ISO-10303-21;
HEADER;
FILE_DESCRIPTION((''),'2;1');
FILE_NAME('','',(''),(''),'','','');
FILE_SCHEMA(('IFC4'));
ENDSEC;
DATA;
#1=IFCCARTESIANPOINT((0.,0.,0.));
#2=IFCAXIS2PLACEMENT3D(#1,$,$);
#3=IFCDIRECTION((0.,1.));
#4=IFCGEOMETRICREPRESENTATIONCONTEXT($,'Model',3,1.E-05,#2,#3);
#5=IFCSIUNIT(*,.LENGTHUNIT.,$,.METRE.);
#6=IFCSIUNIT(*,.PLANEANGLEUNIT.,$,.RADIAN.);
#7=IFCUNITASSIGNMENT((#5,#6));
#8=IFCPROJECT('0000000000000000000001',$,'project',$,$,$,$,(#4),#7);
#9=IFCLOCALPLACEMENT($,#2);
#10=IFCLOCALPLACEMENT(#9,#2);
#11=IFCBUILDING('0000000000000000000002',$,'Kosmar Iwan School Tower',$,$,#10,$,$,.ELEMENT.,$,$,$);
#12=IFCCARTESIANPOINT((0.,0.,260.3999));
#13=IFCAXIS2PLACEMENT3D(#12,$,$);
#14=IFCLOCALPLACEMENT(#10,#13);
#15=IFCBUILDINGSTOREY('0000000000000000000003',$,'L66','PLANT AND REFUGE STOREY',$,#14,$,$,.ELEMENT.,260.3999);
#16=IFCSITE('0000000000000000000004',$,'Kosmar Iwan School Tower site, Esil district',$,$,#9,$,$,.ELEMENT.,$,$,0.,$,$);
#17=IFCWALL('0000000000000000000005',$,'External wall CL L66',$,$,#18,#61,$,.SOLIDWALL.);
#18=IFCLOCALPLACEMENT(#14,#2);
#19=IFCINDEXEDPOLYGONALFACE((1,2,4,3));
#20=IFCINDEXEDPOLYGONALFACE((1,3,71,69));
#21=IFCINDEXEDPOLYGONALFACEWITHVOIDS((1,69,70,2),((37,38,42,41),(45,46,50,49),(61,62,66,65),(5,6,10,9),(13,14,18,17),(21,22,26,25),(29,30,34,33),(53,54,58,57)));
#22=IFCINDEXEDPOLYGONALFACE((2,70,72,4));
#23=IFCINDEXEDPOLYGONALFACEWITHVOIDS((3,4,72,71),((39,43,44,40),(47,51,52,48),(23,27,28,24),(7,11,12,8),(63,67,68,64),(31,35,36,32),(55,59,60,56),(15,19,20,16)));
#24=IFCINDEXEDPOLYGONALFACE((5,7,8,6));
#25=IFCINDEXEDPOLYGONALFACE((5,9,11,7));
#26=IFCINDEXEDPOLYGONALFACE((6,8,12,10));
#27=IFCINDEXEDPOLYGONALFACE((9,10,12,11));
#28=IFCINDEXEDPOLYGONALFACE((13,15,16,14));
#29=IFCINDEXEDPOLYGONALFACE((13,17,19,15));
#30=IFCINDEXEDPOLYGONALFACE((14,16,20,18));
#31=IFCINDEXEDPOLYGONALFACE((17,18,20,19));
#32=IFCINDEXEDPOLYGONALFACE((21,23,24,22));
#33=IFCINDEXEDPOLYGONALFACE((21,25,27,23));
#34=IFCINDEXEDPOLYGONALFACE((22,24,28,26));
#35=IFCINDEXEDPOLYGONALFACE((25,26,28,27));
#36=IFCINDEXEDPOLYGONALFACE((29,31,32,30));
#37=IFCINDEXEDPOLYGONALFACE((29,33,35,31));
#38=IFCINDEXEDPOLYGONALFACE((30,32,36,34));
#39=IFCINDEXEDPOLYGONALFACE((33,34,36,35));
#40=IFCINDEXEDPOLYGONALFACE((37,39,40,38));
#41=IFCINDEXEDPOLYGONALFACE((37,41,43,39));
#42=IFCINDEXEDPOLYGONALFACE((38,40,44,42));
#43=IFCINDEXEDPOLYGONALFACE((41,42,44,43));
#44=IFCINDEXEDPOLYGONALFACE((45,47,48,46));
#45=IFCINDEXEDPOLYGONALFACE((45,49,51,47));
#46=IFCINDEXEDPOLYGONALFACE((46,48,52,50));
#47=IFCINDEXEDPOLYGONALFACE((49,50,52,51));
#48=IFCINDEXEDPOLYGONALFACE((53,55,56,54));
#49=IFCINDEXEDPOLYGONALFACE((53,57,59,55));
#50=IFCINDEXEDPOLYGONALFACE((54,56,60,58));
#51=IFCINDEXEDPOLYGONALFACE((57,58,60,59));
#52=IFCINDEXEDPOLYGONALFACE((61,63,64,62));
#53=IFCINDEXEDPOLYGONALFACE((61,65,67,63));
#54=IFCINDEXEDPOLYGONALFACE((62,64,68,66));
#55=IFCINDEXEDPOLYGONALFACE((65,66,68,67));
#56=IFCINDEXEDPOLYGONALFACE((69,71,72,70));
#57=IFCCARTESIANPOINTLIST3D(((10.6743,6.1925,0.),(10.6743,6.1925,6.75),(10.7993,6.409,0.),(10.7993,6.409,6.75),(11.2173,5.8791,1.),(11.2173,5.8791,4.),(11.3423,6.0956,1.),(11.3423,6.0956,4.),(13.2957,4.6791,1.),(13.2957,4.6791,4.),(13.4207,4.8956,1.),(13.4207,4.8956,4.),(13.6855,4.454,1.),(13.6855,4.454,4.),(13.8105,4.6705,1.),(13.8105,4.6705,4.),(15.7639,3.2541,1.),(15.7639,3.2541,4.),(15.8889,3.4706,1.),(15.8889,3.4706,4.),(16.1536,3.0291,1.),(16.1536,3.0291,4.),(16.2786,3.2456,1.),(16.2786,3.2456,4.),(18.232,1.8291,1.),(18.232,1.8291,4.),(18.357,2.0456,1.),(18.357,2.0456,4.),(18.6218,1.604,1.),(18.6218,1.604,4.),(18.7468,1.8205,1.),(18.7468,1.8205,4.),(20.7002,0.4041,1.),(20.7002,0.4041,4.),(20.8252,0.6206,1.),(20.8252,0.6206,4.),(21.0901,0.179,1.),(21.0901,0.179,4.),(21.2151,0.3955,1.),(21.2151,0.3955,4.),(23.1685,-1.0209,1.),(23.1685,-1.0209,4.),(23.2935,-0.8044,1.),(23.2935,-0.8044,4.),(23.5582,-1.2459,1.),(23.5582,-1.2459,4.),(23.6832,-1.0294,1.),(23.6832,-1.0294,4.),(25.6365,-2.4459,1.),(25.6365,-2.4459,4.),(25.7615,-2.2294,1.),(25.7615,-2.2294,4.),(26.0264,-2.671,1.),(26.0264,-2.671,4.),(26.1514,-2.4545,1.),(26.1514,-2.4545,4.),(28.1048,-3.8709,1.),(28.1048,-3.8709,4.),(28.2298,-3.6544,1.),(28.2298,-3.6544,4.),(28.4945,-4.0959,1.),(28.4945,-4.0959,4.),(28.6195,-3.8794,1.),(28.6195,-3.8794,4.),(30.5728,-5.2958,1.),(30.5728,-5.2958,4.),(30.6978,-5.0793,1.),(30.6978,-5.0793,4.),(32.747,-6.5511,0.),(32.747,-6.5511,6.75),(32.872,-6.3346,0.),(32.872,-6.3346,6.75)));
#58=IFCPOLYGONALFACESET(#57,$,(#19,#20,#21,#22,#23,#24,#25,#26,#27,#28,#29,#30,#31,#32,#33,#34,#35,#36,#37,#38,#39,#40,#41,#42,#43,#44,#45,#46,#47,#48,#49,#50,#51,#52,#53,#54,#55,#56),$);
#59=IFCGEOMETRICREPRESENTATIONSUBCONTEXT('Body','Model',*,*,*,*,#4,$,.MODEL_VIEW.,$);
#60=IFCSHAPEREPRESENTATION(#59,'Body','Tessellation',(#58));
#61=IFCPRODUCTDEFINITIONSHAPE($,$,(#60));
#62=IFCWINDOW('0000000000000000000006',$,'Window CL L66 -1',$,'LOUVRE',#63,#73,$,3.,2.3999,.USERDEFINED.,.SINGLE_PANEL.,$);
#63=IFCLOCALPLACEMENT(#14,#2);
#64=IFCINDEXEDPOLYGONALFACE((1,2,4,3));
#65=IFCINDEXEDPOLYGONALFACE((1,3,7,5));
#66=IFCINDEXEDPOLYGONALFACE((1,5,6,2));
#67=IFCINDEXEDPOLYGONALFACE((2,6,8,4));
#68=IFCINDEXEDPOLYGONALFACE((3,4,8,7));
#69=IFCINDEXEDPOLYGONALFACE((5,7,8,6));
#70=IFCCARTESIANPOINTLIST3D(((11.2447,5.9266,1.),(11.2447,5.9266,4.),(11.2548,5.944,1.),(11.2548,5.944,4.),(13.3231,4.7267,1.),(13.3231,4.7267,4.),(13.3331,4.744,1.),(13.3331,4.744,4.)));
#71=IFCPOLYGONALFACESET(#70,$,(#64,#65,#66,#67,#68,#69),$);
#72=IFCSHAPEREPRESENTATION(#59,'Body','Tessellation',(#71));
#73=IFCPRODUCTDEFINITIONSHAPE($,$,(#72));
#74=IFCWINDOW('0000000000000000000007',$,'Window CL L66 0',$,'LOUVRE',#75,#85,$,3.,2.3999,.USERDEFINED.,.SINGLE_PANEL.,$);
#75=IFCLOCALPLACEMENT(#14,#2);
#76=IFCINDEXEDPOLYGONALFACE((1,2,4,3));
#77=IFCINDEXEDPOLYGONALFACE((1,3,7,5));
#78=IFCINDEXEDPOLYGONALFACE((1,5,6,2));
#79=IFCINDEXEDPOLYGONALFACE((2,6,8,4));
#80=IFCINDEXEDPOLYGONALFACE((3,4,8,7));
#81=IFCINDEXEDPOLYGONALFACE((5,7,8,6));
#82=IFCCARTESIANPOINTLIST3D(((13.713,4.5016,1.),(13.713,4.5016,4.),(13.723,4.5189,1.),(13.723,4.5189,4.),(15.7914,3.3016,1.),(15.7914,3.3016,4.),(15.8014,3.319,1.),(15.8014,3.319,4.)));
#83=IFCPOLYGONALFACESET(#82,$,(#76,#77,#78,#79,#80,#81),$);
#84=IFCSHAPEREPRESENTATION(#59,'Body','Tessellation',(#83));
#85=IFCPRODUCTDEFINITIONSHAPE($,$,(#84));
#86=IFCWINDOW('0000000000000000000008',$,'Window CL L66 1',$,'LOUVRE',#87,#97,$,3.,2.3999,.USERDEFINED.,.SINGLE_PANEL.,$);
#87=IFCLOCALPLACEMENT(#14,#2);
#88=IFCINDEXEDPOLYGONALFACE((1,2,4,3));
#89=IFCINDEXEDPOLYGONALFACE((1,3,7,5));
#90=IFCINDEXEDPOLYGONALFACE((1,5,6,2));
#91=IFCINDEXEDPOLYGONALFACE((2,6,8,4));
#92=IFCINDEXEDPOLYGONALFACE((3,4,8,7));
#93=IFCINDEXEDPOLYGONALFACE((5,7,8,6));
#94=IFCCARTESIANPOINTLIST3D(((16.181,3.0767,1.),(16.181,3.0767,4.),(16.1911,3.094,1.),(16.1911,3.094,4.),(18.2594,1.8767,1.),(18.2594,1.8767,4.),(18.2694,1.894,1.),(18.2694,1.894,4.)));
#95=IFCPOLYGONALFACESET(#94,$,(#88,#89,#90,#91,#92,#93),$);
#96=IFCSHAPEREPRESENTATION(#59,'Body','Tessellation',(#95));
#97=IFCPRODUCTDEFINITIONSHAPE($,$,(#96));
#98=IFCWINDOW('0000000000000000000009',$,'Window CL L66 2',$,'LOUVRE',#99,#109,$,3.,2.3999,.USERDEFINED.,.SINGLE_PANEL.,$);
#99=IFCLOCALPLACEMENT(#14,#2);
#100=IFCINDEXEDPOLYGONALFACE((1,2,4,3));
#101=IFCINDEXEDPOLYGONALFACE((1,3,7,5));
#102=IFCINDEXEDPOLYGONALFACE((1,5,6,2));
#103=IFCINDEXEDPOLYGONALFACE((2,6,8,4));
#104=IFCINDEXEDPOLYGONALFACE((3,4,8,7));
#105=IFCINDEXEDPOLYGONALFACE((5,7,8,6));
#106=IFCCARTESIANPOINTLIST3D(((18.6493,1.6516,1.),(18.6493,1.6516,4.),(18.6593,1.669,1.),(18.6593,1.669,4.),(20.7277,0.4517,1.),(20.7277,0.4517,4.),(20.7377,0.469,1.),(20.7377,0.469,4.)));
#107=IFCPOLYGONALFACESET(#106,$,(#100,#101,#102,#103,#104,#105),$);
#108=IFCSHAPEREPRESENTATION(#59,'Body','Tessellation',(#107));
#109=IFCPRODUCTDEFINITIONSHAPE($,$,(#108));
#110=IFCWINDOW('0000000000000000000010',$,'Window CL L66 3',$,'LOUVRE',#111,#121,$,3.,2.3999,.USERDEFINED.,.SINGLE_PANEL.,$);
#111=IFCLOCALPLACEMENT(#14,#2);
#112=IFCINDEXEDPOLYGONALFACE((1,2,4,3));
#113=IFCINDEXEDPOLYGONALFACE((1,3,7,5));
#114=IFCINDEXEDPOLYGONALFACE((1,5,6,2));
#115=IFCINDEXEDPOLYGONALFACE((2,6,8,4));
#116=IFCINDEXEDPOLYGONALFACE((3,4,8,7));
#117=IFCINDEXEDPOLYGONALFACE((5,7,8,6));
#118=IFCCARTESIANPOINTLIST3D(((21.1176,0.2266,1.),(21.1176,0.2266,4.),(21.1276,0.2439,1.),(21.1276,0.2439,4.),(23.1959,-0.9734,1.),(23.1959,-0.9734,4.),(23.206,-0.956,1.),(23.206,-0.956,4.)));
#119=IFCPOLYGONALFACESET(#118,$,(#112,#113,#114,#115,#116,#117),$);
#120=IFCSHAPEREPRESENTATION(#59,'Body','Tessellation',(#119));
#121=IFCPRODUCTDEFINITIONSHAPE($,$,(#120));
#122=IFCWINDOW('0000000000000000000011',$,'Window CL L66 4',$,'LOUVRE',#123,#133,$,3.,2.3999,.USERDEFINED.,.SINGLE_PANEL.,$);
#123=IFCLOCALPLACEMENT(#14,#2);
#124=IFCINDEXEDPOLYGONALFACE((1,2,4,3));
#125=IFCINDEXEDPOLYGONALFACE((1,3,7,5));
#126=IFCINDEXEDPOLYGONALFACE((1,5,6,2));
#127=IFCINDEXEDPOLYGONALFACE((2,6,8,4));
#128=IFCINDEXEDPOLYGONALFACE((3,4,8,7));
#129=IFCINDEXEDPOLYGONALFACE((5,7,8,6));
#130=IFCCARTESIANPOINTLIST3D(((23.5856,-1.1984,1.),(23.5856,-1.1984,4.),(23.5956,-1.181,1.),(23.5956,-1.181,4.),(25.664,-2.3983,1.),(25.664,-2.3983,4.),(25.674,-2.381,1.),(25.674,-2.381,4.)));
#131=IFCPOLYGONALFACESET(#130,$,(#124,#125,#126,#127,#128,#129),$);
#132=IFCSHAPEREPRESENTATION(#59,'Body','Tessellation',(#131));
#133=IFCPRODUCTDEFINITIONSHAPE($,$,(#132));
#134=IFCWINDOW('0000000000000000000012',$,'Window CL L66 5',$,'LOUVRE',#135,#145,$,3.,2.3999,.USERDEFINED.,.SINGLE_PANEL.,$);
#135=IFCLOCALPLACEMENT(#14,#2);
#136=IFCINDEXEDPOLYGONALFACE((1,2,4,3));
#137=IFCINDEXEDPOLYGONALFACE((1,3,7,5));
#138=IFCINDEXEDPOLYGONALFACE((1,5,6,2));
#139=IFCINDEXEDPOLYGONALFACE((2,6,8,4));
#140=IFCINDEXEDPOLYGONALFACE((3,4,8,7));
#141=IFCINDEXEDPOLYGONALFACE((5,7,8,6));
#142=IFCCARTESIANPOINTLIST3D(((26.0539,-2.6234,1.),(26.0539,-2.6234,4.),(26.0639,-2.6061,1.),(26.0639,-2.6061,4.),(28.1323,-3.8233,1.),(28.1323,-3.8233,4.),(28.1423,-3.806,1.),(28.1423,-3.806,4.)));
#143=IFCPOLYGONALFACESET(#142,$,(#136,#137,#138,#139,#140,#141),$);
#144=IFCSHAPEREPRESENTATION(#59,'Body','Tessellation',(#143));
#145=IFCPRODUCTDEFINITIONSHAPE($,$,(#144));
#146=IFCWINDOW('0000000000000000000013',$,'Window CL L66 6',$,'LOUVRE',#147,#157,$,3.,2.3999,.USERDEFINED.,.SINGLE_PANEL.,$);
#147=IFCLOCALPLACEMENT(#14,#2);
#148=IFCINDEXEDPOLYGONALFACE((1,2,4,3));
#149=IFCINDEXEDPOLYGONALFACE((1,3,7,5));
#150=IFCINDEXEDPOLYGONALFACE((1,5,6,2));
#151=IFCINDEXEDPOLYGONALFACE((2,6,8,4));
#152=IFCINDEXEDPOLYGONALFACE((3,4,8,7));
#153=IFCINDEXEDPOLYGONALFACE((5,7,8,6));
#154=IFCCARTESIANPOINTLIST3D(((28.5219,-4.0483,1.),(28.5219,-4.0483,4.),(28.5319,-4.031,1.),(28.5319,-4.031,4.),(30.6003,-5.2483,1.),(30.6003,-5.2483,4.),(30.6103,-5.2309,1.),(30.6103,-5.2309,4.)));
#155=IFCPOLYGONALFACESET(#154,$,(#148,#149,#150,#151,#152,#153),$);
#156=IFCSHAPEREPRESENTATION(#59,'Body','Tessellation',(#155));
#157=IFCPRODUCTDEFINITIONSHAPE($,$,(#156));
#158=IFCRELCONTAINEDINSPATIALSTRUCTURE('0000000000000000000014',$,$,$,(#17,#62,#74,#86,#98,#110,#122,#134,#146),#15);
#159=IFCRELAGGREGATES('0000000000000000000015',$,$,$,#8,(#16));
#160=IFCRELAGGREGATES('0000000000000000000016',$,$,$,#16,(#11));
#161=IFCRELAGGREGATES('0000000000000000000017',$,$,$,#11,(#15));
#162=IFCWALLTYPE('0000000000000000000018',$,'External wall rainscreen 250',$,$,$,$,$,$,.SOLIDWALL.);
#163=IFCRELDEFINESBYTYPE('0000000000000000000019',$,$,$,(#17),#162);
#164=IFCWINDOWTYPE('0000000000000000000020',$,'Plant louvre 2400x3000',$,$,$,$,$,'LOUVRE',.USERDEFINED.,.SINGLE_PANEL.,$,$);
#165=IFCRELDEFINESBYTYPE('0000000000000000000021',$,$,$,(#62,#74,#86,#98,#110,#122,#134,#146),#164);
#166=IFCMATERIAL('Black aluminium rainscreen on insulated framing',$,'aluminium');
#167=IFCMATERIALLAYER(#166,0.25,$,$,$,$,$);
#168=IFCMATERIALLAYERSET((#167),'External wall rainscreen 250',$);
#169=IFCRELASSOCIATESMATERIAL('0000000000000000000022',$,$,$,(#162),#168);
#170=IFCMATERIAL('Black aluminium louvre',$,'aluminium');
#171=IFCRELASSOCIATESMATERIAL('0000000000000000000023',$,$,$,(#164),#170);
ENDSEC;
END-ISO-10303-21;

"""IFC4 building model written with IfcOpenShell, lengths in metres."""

from ifc_helpers import new_model, si_unit, direction, frame, frame_2d, origin, place, context, subcontext, project, spatial, rectangle, extrude, material, layer, layer_set, type_object, element, fill, save


model = new_model("IFC4")

# Units and contexts
model_context = context("Model", 3, precision=1e-05, world=origin(), true_north=direction((0.0, 1.0)))
body_context = subcontext(model_context, "Body", "Model", "MODEL_VIEW")
ifc_project = project(units=[si_unit("LENGTHUNIT", "METRE"), si_unit("PLANEANGLEUNIT", "RADIAN")], contexts=[model_context])

# Site, building, storey
site_placement = place(None, origin())
site = spatial("IfcSite", under=ifc_project, at=site_placement, Name="Kosmar Iwan School Tower site, Esil district", CompositionType="ELEMENT", RefElevation=0.0)
building_placement = place(site_placement, origin())
building = spatial("IfcBuilding", under=site, at=building_placement, Name="Kosmar Iwan School Tower", CompositionType="ELEMENT")
storey_placement = place(building_placement, frame((0.0, 0.0, 260.3999)))
storey = spatial("IfcBuildingStorey", under=building, at=storey_placement, Name="L66", Description="PLANT AND REFUGE STOREY", CompositionType="ELEMENT", Elevation=260.3999)

# Wall, openings, windows
ifc_material_1 = material(Name="Black aluminium rainscreen on insulated framing", Category="aluminium")
ifc_layer_1 = layer(ifc_material_1, 0.25)
ifc_layer_set_1 = layer_set([ifc_layer_1], Name="External wall rainscreen 250")
wall_type_1 = type_object("IfcWallType", Name="External wall rainscreen 250", PredefinedType="SOLIDWALL", material=ifc_layer_set_1)
wall_1_placement = place(storey_placement, frame((10.7368, 6.3008, 0.0), z_axis=(0.0, 0.0, 1.0), x_axis=(0.866026, -0.499998, 0.0)))
wall_1 = element("IfcWall", 1, at=wall_1_placement, inside=storey, type_object=wall_type_1, Name="External wall CL L66", PredefinedType="SOLIDWALL", context=body_context, shape_type="SweptSolid", body=[
    extrude(rectangle(XDim=25.4873, YDim=0.25, at=frame_2d((12.7437, 0.0))), origin(), (0.0, 0.0, 1.0), 6.75),
])
opening_1_placement = place(wall_1_placement, frame((0.627, 0.0, 1.0)))
opening_1 = element("IfcOpeningElement", 2, at=opening_1_placement, cuts=wall_1, PredefinedType="OPENING", context=body_context, shape_type="SweptSolid", body=[
    extrude(rectangle(XDim=2.3999, YDim=3.0, at=frame_2d((1.2, 1.5))), frame((0.0, 0.137, 0.0), z_axis=(0.0, -1.0, 0.0), x_axis=(1.0, 0.0, 0.0)), (0.0, 0.0, 1.0), 0.2739),
])
opening_2_placement = place(wall_1_placement, frame((3.4771, 0.0, 1.0)))
opening_2 = element("IfcOpeningElement", 3, at=opening_2_placement, cuts=wall_1, PredefinedType="OPENING", context=body_context, shape_type="SweptSolid", body=[
    extrude(rectangle(XDim=2.3999, YDim=3.0, at=frame_2d((1.2, 1.5))), frame((0.0, 0.137, 0.0), z_axis=(0.0, -1.0, 0.0), x_axis=(1.0, 0.0, 0.0)), (0.0, 0.0, 1.0), 0.2739),
])
opening_3_placement = place(wall_1_placement, frame((6.3269, 0.0, 1.0)))
opening_3 = element("IfcOpeningElement", 4, at=opening_3_placement, cuts=wall_1, PredefinedType="OPENING", context=body_context, shape_type="SweptSolid", body=[
    extrude(rectangle(XDim=2.3999, YDim=3.0, at=frame_2d((1.2, 1.5))), frame((0.0, 0.137, 0.0), z_axis=(0.0, -1.0, 0.0), x_axis=(1.0, 0.0, 0.0)), (0.0, 0.0, 1.0), 0.2739),
])
opening_4_placement = place(wall_1_placement, frame((9.177, 0.0, 1.0)))
opening_4 = element("IfcOpeningElement", 5, at=opening_4_placement, cuts=wall_1, PredefinedType="OPENING", context=body_context, shape_type="SweptSolid", body=[
    extrude(rectangle(XDim=2.3999, YDim=3.0, at=frame_2d((1.2, 1.5))), frame((0.0, 0.137, 0.0), z_axis=(0.0, -1.0, 0.0), x_axis=(1.0, 0.0, 0.0)), (0.0, 0.0, 1.0), 0.2739),
])
opening_5_placement = place(wall_1_placement, frame((12.0271, 0.0, 1.0)))
opening_5 = element("IfcOpeningElement", 6, at=opening_5_placement, cuts=wall_1, PredefinedType="OPENING", context=body_context, shape_type="SweptSolid", body=[
    extrude(rectangle(XDim=2.3999, YDim=3.0, at=frame_2d((1.2, 1.5))), frame((0.0, 0.137, 0.0), z_axis=(0.0, -1.0, 0.0), x_axis=(1.0, 0.0, 0.0)), (0.0, 0.0, 1.0), 0.2739),
])
opening_6_placement = place(wall_1_placement, frame((14.877, 0.0, 1.0)))
opening_6 = element("IfcOpeningElement", 7, at=opening_6_placement, cuts=wall_1, PredefinedType="OPENING", context=body_context, shape_type="SweptSolid", body=[
    extrude(rectangle(XDim=2.3999, YDim=3.0, at=frame_2d((1.2, 1.5))), frame((0.0, 0.137, 0.0), z_axis=(0.0, -1.0, 0.0), x_axis=(1.0, 0.0, 0.0)), (0.0, 0.0, 1.0), 0.2739),
])
opening_7_placement = place(wall_1_placement, frame((17.7271, 0.0, 1.0)))
opening_7 = element("IfcOpeningElement", 8, at=opening_7_placement, cuts=wall_1, PredefinedType="OPENING", context=body_context, shape_type="SweptSolid", body=[
    extrude(rectangle(XDim=2.3999, YDim=3.0, at=frame_2d((1.2, 1.5))), frame((0.0, 0.137, 0.0), z_axis=(0.0, -1.0, 0.0), x_axis=(1.0, 0.0, 0.0)), (0.0, 0.0, 1.0), 0.2739),
])
opening_8_placement = place(wall_1_placement, frame((20.5769, 0.0, 1.0)))
opening_8 = element("IfcOpeningElement", 9, at=opening_8_placement, cuts=wall_1, PredefinedType="OPENING", context=body_context, shape_type="SweptSolid", body=[
    extrude(rectangle(XDim=2.3999, YDim=3.0, at=frame_2d((1.2, 1.5))), frame((0.0, 0.137, 0.0), z_axis=(0.0, -1.0, 0.0), x_axis=(1.0, 0.0, 0.0)), (0.0, 0.0, 1.0), 0.2739),
])
ifc_material_2 = material(Name="Black aluminium louvre", Category="aluminium")
window_type = type_object("IfcWindowType", Name="Plant louvre 2400x3000", ElementType="LOUVRE", PartitioningType="SINGLE_PANEL", PredefinedType="USERDEFINED", material=ifc_material_2)
window_1_placement = place(opening_1_placement, origin())
window_1 = element("IfcWindow", 10, at=window_1_placement, inside=storey, type_object=window_type, Name="Window CL L66 -1", ObjectType="LOUVRE", OverallHeight=3.0, OverallWidth=2.3999, PartitioningType="SINGLE_PANEL", PredefinedType="USERDEFINED", context=body_context, shape_type="SweptSolid", body=[
    extrude(rectangle(XDim=2.3999, YDim=3.0, at=frame_2d((1.2, 1.5))), frame((0.0, -0.05, 0.0), z_axis=(0.0, -1.0, 0.0), x_axis=(1.0, 0.0, 0.0)), (0.0, 0.0, 1.0), 0.02),
])
fill(opening_1, window_1)
window_2_placement = place(opening_2_placement, origin())
window_2 = element("IfcWindow", 11, at=window_2_placement, inside=storey, type_object=window_type, Name="Window CL L66 0", ObjectType="LOUVRE", OverallHeight=3.0, OverallWidth=2.3999, PartitioningType="SINGLE_PANEL", PredefinedType="USERDEFINED", context=body_context, shape_type="SweptSolid", body=[
    extrude(rectangle(XDim=2.3999, YDim=3.0, at=frame_2d((1.2, 1.5))), frame((0.0, -0.05, 0.0), z_axis=(0.0, -1.0, 0.0), x_axis=(1.0, 0.0, 0.0)), (0.0, 0.0, 1.0), 0.02),
])
fill(opening_2, window_2)
window_3_placement = place(opening_3_placement, origin())
window_3 = element("IfcWindow", 12, at=window_3_placement, inside=storey, type_object=window_type, Name="Window CL L66 1", ObjectType="LOUVRE", OverallHeight=3.0, OverallWidth=2.3999, PartitioningType="SINGLE_PANEL", PredefinedType="USERDEFINED", context=body_context, shape_type="SweptSolid", body=[
    extrude(rectangle(XDim=2.3999, YDim=3.0, at=frame_2d((1.2, 1.5))), frame((0.0, -0.05, 0.0), z_axis=(0.0, -1.0, 0.0), x_axis=(1.0, 0.0, 0.0)), (0.0, 0.0, 1.0), 0.02),
])
fill(opening_3, window_3)
window_4_placement = place(opening_4_placement, origin())
window_4 = element("IfcWindow", 13, at=window_4_placement, inside=storey, type_object=window_type, Name="Window CL L66 2", ObjectType="LOUVRE", OverallHeight=3.0, OverallWidth=2.3999, PartitioningType="SINGLE_PANEL", PredefinedType="USERDEFINED", context=body_context, shape_type="SweptSolid", body=[
    extrude(rectangle(XDim=2.3999, YDim=3.0, at=frame_2d((1.2, 1.5))), frame((0.0, -0.05, 0.0), z_axis=(0.0, -1.0, 0.0), x_axis=(1.0, 0.0, 0.0)), (0.0, 0.0, 1.0), 0.02),
])
fill(opening_4, window_4)
window_5_placement = place(opening_5_placement, origin())
window_5 = element("IfcWindow", 14, at=window_5_placement, inside=storey, type_object=window_type, Name="Window CL L66 3", ObjectType="LOUVRE", OverallHeight=3.0, OverallWidth=2.3999, PartitioningType="SINGLE_PANEL", PredefinedType="USERDEFINED", context=body_context, shape_type="SweptSolid", body=[
    extrude(rectangle(XDim=2.3999, YDim=3.0, at=frame_2d((1.2, 1.5))), frame((0.0, -0.05, 0.0), z_axis=(0.0, -1.0, 0.0), x_axis=(1.0, 0.0, 0.0)), (0.0, 0.0, 1.0), 0.02),
])
fill(opening_5, window_5)
window_6_placement = place(opening_6_placement, origin())
window_6 = element("IfcWindow", 15, at=window_6_placement, inside=storey, type_object=window_type, Name="Window CL L66 4", ObjectType="LOUVRE", OverallHeight=3.0, OverallWidth=2.3999, PartitioningType="SINGLE_PANEL", PredefinedType="USERDEFINED", context=body_context, shape_type="SweptSolid", body=[
    extrude(rectangle(XDim=2.3999, YDim=3.0, at=frame_2d((1.2, 1.5))), frame((0.0, -0.05, 0.0), z_axis=(0.0, -1.0, 0.0), x_axis=(1.0, 0.0, 0.0)), (0.0, 0.0, 1.0), 0.02),
])
fill(opening_6, window_6)
window_7_placement = place(opening_7_placement, origin())
window_7 = element("IfcWindow", 16, at=window_7_placement, inside=storey, type_object=window_type, Name="Window CL L66 5", ObjectType="LOUVRE", OverallHeight=3.0, OverallWidth=2.3999, PartitioningType="SINGLE_PANEL", PredefinedType="USERDEFINED", context=body_context, shape_type="SweptSolid", body=[
    extrude(rectangle(XDim=2.3999, YDim=3.0, at=frame_2d((1.2, 1.5))), frame((0.0, -0.05, 0.0), z_axis=(0.0, -1.0, 0.0), x_axis=(1.0, 0.0, 0.0)), (0.0, 0.0, 1.0), 0.02),
])
fill(opening_7, window_7)
window_8_placement = place(opening_8_placement, origin())
window_8 = element("IfcWindow", 17, at=window_8_placement, inside=storey, type_object=window_type, Name="Window CL L66 6", ObjectType="LOUVRE", OverallHeight=3.0, OverallWidth=2.3999, PartitioningType="SINGLE_PANEL", PredefinedType="USERDEFINED", context=body_context, shape_type="SweptSolid", body=[
    extrude(rectangle(XDim=2.3999, YDim=3.0, at=frame_2d((1.2, 1.5))), frame((0.0, -0.05, 0.0), z_axis=(0.0, -1.0, 0.0), x_axis=(1.0, 0.0, 0.0)), (0.0, 0.0, 1.0), 0.02),
])
fill(opening_8, window_8)

save(model, "model.ifc")
